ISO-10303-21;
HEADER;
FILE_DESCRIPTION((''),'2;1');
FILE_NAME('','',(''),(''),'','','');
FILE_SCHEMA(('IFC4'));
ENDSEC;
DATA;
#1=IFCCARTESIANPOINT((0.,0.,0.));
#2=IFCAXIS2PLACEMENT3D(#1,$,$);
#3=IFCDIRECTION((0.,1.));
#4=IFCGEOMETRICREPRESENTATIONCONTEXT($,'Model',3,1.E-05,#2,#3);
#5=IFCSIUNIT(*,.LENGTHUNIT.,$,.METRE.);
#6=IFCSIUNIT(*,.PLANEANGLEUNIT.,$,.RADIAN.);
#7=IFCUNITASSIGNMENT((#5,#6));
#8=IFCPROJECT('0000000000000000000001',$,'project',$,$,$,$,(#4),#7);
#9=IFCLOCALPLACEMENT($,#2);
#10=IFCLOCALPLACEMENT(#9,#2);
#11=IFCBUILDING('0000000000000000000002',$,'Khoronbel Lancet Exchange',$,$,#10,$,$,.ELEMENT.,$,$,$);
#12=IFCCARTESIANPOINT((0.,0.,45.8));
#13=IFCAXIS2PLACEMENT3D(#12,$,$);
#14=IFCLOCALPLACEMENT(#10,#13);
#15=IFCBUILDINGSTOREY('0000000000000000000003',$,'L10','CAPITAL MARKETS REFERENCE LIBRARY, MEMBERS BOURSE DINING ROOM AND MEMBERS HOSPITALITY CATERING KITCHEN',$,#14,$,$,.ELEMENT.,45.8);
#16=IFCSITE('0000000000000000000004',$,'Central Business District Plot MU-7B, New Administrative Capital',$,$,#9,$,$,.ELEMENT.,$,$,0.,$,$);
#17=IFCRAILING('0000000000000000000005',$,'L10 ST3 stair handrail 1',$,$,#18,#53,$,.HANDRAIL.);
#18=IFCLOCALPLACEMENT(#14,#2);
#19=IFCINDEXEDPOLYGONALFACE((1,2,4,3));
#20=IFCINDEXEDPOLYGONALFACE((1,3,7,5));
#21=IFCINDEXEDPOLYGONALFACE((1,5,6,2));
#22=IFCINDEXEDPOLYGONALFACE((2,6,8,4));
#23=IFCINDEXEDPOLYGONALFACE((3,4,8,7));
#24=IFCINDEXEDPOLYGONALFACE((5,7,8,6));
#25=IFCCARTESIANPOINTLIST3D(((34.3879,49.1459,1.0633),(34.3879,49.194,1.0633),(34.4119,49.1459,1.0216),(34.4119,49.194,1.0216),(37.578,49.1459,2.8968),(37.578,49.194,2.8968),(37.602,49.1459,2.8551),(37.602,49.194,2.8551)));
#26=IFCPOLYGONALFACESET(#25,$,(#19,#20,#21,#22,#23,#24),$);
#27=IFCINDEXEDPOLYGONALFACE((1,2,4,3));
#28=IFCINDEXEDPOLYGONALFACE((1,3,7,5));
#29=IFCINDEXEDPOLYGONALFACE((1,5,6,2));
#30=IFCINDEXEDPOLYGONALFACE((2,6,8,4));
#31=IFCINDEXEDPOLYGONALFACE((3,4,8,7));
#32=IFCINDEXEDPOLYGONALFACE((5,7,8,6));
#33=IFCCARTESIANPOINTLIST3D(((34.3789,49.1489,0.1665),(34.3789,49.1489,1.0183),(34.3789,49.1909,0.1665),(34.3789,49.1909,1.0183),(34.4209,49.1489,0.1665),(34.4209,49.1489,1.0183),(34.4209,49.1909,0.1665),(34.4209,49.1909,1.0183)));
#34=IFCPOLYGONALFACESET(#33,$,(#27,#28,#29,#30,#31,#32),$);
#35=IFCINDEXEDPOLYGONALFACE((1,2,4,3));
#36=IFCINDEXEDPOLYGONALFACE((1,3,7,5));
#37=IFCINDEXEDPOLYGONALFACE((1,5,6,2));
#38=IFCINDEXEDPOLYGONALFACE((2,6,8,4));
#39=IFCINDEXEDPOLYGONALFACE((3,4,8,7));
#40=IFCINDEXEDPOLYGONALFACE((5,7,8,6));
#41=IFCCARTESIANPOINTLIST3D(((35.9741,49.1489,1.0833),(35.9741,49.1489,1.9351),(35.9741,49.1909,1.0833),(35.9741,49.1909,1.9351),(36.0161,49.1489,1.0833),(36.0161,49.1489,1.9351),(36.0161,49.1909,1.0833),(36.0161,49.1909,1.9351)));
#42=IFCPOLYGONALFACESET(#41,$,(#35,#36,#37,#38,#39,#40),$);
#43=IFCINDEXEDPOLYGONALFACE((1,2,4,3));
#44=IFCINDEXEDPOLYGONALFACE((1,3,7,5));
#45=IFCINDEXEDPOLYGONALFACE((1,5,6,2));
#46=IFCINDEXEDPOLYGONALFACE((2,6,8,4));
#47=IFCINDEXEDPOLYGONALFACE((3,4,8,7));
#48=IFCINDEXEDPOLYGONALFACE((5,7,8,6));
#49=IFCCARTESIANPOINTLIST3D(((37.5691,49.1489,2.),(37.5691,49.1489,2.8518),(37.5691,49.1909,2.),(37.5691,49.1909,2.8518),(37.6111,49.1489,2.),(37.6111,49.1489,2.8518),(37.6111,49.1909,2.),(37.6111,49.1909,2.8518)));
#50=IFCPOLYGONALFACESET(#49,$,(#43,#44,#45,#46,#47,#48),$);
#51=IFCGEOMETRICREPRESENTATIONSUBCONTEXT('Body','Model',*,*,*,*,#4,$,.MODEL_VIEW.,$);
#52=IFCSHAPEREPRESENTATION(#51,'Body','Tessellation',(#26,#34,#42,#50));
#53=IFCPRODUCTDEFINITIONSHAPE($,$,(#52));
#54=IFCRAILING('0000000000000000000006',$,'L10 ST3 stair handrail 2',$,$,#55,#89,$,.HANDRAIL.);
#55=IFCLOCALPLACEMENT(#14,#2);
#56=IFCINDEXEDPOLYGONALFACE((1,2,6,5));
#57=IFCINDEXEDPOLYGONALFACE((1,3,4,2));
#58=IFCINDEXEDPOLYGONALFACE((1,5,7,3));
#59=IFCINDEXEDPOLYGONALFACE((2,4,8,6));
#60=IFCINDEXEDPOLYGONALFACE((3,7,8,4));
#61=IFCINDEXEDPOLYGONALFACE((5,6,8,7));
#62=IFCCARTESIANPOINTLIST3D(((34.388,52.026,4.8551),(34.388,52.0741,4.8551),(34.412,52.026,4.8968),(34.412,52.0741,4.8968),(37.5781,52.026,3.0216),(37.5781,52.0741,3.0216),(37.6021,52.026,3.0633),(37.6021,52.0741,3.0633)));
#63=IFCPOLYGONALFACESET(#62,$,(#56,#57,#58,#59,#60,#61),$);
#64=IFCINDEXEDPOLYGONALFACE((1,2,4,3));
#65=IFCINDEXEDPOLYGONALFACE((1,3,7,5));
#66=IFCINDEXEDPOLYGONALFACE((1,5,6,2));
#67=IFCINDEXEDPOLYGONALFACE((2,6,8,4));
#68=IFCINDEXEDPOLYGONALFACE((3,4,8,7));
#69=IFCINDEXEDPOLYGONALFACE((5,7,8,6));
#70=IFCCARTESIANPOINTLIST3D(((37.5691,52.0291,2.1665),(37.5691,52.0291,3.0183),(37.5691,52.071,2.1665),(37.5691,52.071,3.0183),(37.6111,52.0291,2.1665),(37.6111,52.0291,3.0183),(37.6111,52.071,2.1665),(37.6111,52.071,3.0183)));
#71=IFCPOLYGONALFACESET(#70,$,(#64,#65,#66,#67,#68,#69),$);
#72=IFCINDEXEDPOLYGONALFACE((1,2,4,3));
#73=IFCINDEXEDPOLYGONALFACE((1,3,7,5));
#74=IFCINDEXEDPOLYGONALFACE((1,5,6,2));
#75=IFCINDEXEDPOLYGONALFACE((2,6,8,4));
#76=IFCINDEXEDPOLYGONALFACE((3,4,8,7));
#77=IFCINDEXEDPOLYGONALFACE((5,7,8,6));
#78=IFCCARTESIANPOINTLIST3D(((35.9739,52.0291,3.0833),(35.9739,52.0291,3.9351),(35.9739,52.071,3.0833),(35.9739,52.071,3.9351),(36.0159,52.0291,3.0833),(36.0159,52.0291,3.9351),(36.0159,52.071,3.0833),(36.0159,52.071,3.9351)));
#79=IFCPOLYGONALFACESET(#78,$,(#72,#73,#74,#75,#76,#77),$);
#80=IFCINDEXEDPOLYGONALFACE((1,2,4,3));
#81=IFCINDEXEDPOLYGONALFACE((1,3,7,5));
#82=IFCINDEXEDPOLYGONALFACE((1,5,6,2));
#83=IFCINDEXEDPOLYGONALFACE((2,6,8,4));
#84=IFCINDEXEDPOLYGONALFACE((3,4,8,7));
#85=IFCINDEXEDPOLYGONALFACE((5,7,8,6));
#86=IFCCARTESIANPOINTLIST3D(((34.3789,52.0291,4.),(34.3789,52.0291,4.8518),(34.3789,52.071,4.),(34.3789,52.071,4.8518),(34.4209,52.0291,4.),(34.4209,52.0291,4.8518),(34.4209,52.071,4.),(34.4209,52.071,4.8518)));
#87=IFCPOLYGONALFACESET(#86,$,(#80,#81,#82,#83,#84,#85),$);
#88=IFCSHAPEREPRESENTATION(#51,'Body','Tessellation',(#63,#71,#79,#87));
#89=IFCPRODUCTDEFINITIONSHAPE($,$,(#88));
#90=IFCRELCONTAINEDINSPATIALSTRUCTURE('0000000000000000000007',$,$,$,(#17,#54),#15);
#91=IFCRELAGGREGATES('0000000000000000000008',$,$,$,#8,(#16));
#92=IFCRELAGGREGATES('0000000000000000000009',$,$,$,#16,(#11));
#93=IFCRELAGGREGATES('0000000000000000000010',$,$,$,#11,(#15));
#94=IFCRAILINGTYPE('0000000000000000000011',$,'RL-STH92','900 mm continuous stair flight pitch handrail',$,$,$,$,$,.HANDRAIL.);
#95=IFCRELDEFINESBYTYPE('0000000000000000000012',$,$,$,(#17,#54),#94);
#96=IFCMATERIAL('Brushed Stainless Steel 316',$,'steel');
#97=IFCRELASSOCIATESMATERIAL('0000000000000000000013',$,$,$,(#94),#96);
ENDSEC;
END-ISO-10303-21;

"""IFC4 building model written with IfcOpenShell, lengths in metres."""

from ifc_helpers import new_model, si_unit, direction, frame, origin, origin_2d, place, context, subcontext, project, spatial, rectangle, extrude, material, type_object, element, save


model = new_model("IFC4")

# Units and contexts
model_context = context("Model", 3, precision=1e-05, world=origin(), true_north=direction((0.0, 1.0)))
body_context = subcontext(model_context, "Body", "Model", "MODEL_VIEW")
ifc_project = project(units=[si_unit("LENGTHUNIT", "METRE"), si_unit("PLANEANGLEUNIT", "RADIAN")], contexts=[model_context])

# Site, building, storey
site_placement = place(None, origin())
site = spatial("IfcSite", under=ifc_project, at=site_placement, Name="Central Business District Plot MU-7B, New Administrative Capital", CompositionType="ELEMENT", RefElevation=0.0)
building_placement = place(site_placement, origin())
building = spatial("IfcBuilding", under=site, at=building_placement, Name="Khoronbel Lancet Exchange", CompositionType="ELEMENT")
storey_placement = place(building_placement, frame((0.0, 0.0, 45.8)))
storey = spatial("IfcBuildingStorey", under=building, at=storey_placement, Name="L10", Description="CAPITAL MARKETS REFERENCE LIBRARY, MEMBERS BOURSE DINING ROOM AND MEMBERS HOSPITALITY CATERING KITCHEN", CompositionType="ELEMENT", Elevation=45.8)

# Railings
ifc_material_1 = material(Name="Brushed Stainless Steel 316", Category="steel")
railing_type_1 = type_object("IfcRailingType", Name="RL-STH92", Description="900 mm continuous stair flight pitch handrail", PredefinedType="HANDRAIL", material=ifc_material_1)
railing_1_placement = place(storey_placement, frame((34.3999, 49.1699, 0.1665)))
element("IfcRailing", 1, at=railing_1_placement, inside=storey, type_object=railing_type_1, Name="L10 ST3 stair handrail 1", PredefinedType="HANDRAIL", context=body_context, shape_type="SweptSolid", body=[
    extrude(rectangle(XDim=0.0481, YDim=0.0481, at=origin_2d()), frame((0.0, 0.0, 0.876), z_axis=(0.867007, 0.0, 0.498295), x_axis=(0.0, 1.0, 0.0)), (0.0, 0.0, 1.0), 3.6794),
    extrude(rectangle(XDim=0.042, YDim=0.042, at=origin_2d()), origin(), (0.0, 0.0, 1.0), 0.8518),
    extrude(rectangle(XDim=0.042, YDim=0.042, at=origin_2d()), frame((1.5952, 0.0, 0.9167)), (0.0, 0.0, 1.0), 0.8518),
    extrude(rectangle(XDim=0.042, YDim=0.042, at=origin_2d()), frame((3.1902, 0.0, 1.8335)), (0.0, 0.0, 1.0), 0.8518),
])
railing_2_placement = place(storey_placement, frame((37.5901, 52.05, 2.1665)))
element("IfcRailing", 2, at=railing_2_placement, inside=storey, type_object=railing_type_1, Name="L10 ST3 stair handrail 2", PredefinedType="HANDRAIL", context=body_context, shape_type="SweptSolid", body=[
    extrude(rectangle(XDim=0.0481, YDim=0.0481, at=origin_2d()), frame((0.0, 0.0, 0.876), z_axis=(-0.867007, 0.0, 0.498295), x_axis=(0.0, -1.0, 0.0)), (0.0, 0.0, 1.0), 3.6794),
    extrude(rectangle(XDim=0.042, YDim=0.042, at=origin_2d()), origin(), (0.0, 0.0, 1.0), 0.8518),
    extrude(rectangle(XDim=0.042, YDim=0.042, at=origin_2d()), frame((-1.5952, 0.0, 0.9167)), (0.0, 0.0, 1.0), 0.8518),
    extrude(rectangle(XDim=0.042, YDim=0.042, at=origin_2d()), frame((-3.1902, 0.0, 1.8335)), (0.0, 0.0, 1.0), 0.8518),
])

save(model, "model.ifc")
